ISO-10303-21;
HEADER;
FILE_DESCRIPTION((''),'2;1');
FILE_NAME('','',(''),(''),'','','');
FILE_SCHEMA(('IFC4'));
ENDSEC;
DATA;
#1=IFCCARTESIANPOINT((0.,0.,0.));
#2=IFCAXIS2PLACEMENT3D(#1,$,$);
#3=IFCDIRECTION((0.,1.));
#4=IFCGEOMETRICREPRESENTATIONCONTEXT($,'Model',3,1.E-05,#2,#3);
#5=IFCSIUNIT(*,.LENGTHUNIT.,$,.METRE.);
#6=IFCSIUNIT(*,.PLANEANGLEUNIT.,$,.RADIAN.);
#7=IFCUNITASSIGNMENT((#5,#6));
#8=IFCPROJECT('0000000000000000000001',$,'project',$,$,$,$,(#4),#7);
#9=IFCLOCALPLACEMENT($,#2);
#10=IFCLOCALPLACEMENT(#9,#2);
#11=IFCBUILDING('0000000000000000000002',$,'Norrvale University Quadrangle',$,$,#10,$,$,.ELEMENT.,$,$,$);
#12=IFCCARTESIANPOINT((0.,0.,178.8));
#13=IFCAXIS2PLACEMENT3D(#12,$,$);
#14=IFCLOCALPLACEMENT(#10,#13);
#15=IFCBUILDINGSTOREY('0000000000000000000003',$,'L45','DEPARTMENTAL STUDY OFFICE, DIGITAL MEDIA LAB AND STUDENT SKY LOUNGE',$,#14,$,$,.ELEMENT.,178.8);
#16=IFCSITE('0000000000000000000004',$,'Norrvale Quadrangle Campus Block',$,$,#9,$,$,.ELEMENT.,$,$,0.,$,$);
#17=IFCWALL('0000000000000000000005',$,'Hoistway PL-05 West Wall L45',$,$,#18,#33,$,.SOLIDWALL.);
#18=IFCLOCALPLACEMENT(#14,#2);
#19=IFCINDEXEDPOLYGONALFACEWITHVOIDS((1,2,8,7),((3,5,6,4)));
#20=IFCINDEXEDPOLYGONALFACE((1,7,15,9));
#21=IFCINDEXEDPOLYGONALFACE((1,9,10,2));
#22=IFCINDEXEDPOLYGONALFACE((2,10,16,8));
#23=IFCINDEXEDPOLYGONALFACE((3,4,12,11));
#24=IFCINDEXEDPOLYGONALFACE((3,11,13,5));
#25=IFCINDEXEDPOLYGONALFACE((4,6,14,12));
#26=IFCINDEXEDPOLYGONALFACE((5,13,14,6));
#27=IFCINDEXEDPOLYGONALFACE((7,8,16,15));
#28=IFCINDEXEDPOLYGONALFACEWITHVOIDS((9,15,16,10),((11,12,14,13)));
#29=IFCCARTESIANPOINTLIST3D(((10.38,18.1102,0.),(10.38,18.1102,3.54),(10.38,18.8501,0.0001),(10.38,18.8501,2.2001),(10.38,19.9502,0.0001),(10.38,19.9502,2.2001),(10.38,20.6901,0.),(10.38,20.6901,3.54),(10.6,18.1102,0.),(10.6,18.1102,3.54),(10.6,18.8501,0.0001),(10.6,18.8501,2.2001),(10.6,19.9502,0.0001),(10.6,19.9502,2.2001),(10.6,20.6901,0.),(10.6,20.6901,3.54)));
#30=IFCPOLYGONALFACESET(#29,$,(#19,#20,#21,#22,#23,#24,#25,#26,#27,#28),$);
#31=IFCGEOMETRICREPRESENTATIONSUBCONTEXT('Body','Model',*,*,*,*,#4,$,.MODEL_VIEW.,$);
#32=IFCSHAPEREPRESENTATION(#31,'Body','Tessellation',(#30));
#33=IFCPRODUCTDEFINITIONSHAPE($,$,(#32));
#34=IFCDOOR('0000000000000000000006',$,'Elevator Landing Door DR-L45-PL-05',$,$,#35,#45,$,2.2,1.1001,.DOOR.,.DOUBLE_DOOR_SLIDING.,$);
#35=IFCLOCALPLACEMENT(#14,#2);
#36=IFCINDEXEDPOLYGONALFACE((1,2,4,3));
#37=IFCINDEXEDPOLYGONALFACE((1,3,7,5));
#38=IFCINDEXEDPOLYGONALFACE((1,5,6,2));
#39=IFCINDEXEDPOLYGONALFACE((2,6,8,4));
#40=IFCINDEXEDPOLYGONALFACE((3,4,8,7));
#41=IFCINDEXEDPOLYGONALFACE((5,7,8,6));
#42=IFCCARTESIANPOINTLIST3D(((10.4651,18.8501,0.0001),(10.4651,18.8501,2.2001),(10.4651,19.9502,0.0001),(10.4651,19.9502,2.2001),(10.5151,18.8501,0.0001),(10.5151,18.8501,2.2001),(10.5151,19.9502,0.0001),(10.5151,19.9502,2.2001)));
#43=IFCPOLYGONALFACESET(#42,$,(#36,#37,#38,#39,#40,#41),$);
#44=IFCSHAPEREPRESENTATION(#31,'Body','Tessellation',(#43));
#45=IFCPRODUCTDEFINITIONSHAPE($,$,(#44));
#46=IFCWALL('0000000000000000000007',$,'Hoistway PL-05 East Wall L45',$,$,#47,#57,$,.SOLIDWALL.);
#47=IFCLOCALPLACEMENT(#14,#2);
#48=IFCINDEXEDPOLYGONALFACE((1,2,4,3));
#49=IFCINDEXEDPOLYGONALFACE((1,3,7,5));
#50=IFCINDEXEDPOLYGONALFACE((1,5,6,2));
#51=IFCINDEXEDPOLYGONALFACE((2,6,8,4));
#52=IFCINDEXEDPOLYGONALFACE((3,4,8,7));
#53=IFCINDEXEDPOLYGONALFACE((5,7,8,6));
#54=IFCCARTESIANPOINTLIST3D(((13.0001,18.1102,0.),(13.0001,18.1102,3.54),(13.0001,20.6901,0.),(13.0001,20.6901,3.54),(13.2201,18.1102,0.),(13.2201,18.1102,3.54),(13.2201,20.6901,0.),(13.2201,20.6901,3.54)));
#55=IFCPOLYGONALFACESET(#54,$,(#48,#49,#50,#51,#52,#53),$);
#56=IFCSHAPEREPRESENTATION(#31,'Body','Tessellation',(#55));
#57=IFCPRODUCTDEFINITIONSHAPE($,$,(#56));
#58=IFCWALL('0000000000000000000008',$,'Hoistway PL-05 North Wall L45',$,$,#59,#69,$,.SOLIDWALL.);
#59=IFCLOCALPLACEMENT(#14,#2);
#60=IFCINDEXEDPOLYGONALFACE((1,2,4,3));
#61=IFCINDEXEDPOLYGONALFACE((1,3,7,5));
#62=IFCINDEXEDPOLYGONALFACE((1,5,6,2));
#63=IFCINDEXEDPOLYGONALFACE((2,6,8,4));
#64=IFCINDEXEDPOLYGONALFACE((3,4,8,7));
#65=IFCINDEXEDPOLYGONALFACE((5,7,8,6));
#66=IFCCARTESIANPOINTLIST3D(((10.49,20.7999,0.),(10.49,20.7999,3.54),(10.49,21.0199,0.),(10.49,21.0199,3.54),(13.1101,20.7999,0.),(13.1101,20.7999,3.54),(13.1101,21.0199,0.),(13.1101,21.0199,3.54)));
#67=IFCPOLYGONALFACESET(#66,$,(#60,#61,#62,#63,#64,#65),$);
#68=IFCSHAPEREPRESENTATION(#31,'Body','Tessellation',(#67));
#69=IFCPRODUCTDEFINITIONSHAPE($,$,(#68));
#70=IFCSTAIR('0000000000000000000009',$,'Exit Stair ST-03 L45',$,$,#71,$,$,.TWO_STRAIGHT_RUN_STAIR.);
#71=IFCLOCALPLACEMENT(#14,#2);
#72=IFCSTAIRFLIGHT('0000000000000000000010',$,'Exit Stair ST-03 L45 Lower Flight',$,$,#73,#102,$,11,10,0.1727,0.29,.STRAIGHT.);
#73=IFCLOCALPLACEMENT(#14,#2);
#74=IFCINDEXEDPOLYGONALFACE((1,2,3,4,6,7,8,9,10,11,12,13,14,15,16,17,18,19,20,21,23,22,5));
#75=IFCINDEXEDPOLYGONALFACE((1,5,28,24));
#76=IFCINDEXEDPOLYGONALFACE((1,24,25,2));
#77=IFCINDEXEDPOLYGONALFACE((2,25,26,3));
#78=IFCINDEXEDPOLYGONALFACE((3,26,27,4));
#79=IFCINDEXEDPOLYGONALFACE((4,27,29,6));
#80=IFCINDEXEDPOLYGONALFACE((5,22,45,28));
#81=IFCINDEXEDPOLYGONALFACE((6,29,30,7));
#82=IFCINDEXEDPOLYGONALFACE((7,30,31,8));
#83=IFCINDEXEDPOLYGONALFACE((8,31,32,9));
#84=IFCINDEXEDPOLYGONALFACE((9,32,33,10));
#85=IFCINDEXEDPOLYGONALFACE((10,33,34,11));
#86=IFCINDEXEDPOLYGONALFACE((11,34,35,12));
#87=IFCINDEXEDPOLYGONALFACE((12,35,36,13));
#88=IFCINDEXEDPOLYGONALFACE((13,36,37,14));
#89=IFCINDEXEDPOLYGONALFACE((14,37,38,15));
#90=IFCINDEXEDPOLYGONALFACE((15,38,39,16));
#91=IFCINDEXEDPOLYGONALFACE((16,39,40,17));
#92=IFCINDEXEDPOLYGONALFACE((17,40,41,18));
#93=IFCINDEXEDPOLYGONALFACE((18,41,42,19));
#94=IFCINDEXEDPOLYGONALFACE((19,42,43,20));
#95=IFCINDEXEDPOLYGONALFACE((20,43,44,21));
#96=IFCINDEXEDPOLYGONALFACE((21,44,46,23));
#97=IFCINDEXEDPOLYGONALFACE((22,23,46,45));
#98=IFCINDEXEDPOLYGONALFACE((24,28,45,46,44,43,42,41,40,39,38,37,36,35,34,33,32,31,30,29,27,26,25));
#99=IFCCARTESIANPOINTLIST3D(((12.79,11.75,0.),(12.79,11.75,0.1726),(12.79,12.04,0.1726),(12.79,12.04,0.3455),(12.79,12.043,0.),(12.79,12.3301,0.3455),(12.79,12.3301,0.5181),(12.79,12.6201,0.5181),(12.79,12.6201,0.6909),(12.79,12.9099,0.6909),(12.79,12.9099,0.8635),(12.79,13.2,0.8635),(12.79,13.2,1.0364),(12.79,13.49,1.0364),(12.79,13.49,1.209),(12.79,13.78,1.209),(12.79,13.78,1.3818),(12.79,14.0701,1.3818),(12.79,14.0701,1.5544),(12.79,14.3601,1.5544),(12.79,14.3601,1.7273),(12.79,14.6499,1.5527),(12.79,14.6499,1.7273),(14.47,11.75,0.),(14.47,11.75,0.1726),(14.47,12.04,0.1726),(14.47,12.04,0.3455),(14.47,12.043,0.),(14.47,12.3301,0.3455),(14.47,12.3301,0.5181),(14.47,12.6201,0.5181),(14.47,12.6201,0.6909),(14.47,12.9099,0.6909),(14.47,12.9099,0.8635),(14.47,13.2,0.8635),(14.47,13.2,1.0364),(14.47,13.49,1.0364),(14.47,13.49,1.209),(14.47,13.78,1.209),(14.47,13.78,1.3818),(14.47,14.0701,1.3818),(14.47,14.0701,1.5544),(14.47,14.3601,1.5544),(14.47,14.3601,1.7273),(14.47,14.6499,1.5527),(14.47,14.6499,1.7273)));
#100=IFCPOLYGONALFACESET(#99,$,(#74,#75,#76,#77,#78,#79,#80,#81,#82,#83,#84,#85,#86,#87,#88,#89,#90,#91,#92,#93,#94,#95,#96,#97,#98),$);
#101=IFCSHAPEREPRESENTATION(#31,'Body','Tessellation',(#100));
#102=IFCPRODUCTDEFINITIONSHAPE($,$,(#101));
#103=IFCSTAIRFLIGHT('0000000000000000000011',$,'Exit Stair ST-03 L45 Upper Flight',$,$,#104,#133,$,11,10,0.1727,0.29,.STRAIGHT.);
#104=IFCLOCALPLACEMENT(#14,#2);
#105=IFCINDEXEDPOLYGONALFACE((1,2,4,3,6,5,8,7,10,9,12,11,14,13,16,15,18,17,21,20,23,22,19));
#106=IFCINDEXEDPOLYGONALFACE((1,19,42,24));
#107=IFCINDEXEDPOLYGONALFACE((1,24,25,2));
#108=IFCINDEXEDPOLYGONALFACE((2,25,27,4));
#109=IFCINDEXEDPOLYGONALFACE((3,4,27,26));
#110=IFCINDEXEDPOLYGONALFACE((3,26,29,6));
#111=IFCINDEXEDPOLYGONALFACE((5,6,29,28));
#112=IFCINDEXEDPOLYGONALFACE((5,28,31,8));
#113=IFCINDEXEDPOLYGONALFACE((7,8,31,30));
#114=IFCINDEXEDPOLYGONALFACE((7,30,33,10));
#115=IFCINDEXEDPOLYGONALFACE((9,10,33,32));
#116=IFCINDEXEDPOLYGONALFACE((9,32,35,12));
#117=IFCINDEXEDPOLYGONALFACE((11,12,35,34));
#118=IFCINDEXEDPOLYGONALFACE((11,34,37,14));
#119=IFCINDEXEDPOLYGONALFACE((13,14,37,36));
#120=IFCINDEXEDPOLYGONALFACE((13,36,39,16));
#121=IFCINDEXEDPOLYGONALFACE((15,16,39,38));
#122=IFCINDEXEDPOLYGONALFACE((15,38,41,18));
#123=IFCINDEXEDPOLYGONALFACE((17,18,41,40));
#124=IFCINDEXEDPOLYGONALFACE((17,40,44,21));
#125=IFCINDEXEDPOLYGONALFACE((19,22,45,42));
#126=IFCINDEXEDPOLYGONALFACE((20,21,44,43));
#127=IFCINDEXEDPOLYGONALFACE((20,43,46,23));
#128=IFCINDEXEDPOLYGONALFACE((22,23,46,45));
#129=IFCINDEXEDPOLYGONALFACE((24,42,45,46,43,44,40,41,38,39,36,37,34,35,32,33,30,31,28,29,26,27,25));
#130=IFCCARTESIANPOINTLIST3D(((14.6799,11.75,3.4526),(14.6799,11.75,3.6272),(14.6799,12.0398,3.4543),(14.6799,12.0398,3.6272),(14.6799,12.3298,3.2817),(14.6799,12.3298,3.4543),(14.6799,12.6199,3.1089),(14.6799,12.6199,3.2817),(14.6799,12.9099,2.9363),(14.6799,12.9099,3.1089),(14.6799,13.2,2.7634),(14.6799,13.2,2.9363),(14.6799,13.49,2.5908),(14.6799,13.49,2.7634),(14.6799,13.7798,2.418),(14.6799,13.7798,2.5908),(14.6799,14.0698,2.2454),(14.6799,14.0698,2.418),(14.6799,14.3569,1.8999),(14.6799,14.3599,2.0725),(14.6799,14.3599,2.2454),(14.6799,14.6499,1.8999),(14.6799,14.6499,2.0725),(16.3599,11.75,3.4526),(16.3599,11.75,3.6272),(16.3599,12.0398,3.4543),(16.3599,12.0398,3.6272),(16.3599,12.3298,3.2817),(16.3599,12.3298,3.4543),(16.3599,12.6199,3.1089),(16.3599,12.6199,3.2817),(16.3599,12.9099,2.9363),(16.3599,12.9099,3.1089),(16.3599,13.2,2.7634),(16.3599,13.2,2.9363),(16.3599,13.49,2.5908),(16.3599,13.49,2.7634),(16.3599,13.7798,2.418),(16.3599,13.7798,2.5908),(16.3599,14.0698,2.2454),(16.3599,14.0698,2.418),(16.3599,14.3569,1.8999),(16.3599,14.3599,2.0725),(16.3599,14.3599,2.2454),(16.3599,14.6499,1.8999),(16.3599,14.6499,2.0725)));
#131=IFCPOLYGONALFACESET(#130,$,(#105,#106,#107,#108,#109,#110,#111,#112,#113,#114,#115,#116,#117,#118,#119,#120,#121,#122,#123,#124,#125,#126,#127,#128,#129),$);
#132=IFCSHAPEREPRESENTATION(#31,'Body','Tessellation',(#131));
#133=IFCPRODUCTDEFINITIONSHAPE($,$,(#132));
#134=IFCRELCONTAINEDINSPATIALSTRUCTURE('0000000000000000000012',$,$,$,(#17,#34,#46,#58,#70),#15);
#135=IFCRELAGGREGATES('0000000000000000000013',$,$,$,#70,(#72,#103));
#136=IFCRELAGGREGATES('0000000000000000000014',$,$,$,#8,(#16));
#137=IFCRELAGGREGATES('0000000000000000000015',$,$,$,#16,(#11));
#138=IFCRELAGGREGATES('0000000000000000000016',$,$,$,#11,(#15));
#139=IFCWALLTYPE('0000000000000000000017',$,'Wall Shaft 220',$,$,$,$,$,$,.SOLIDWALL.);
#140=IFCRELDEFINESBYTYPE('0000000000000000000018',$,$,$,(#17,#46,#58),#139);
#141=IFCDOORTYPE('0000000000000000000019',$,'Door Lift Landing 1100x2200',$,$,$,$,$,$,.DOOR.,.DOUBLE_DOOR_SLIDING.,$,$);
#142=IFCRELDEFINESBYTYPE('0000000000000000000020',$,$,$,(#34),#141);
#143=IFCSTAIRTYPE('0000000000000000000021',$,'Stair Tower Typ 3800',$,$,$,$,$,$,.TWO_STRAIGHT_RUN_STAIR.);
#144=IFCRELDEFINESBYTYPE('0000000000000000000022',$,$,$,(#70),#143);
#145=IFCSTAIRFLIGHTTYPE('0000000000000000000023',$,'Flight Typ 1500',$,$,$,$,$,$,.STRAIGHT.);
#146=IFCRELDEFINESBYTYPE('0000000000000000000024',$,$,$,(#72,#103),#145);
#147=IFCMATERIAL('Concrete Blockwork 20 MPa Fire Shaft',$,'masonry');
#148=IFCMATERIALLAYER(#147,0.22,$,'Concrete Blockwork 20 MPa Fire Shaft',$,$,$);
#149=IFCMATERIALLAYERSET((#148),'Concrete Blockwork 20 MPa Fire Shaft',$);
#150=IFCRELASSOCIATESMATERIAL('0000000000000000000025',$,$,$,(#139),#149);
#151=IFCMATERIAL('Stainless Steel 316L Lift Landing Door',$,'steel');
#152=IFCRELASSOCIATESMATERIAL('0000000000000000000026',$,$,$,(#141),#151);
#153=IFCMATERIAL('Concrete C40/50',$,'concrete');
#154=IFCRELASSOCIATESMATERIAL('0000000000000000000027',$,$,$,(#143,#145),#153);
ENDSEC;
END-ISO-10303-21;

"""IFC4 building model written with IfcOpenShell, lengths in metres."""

from ifc_helpers import new_model, si_unit, direction, frame, frame_2d, origin, place, context, subcontext, project, spatial, polyline, rectangle, outline, extrude, material, layer, layer_set, type_object, element, fill, aggregate, save


model = new_model("IFC4")

# Units and contexts
model_context = context("Model", 3, precision=1e-05, world=origin(), true_north=direction((0.0, 1.0)))
body_context = subcontext(model_context, "Body", "Model", "MODEL_VIEW")
ifc_project = project(units=[si_unit("LENGTHUNIT", "METRE"), si_unit("PLANEANGLEUNIT", "RADIAN")], contexts=[model_context])

# Site, building, storey
site_placement = place(None, origin())
site = spatial("IfcSite", under=ifc_project, at=site_placement, Name="Norrvale Quadrangle Campus Block", CompositionType="ELEMENT", RefElevation=0.0)
building_placement = place(site_placement, origin())
building = spatial("IfcBuilding", under=site, at=building_placement, Name="Norrvale University Quadrangle", CompositionType="ELEMENT")
storey_placement = place(building_placement, frame((0.0, 0.0, 178.8)))
storey = spatial("IfcBuildingStorey", under=building, at=storey_placement, Name="L45", Description="DEPARTMENTAL STUDY OFFICE, DIGITAL MEDIA LAB AND STUDENT SKY LOUNGE", CompositionType="ELEMENT", Elevation=178.8)

# Shared definitions
ifc_material_1 = material(Name="Concrete Blockwork 20 MPa Fire Shaft", Category="masonry")
ifc_layer_1 = layer(ifc_material_1, 0.22, Name="Concrete Blockwork 20 MPa Fire Shaft")
ifc_layer_set_1 = layer_set([ifc_layer_1], Name="Concrete Blockwork 20 MPa Fire Shaft")
wall_type_1 = type_object("IfcWallType", Name="Wall Shaft 220", PredefinedType="SOLIDWALL", material=ifc_layer_set_1)

# Wall, opening, door
wall_1_placement = place(storey_placement, frame((10.49, 18.1101, 0.0), z_axis=(0.0, 0.0, 1.0), x_axis=(0.0, 1.0, 0.0)))
wall_1 = element("IfcWall", 1, at=wall_1_placement, inside=storey, type_object=wall_type_1, Name="Hoistway PL-05 West Wall L45", PredefinedType="SOLIDWALL", context=body_context, shape_type="SweptSolid", body=[
    extrude(rectangle(XDim=2.5798, YDim=0.22, at=frame_2d((1.29, 0.0))), origin(), (0.0, 0.0, 1.0), 3.54),
])
opening_1_placement = place(wall_1_placement, frame((0.74, 0.0, 0.0)))
opening_1 = element("IfcOpeningElement", 2, at=opening_1_placement, cuts=wall_1, PredefinedType="OPENING", context=body_context, shape_type="SweptSolid", body=[
    extrude(rectangle(XDim=1.1001, YDim=2.2, at=frame_2d((0.55, 1.1001))), frame((0.0, 0.1221, 0.0), z_axis=(0.0, -1.0, 0.0), x_axis=(1.0, 0.0, 0.0)), (0.0, 0.0, 1.0), 0.2439),
])
ifc_material_2 = material(Name="Stainless Steel 316L Lift Landing Door", Category="steel")
door_type_1 = type_object("IfcDoorType", Name="Door Lift Landing 1100x2200", OperationType="DOUBLE_DOOR_SLIDING", PredefinedType="DOOR", material=ifc_material_2)
door_1_placement = place(opening_1_placement, origin())
door_1 = element("IfcDoor", 3, at=door_1_placement, inside=storey, type_object=door_type_1, Name="Elevator Landing Door DR-L45-PL-05", OperationType="DOUBLE_DOOR_SLIDING", OverallHeight=2.2, OverallWidth=1.1001, PredefinedType="DOOR", context=body_context, shape_type="SweptSolid", body=[
    extrude(rectangle(XDim=1.1001, YDim=2.2, at=frame_2d((0.55, 1.1001))), frame((0.0, 0.0249, 0.0), z_axis=(0.0, -1.0, 0.0), x_axis=(1.0, 0.0, 0.0)), (0.0, 0.0, 1.0), 0.05),
])
fill(opening_1, door_1)

# Walls
wall_2_placement = place(storey_placement, frame((13.1101, 18.1101, 0.0), z_axis=(0.0, 0.0, 1.0), x_axis=(0.0, 1.0, 0.0)))
element("IfcWall", 4, at=wall_2_placement, inside=storey, type_object=wall_type_1, Name="Hoistway PL-05 East Wall L45", PredefinedType="SOLIDWALL", context=body_context, shape_type="SweptSolid", body=[
    extrude(rectangle(XDim=2.5798, YDim=0.22, at=frame_2d((1.29, 0.0))), origin(), (0.0, 0.0, 1.0), 3.54),
])
wall_3_placement = place(storey_placement, frame((10.49, 20.9099, 0.0), z_axis=(0.0, 0.0, 1.0), x_axis=(1.0, 0.0, 0.0)))
element("IfcWall", 5, at=wall_3_placement, inside=storey, type_object=wall_type_1, Name="Hoistway PL-05 North Wall L45", PredefinedType="SOLIDWALL", context=body_context, shape_type="SweptSolid", body=[
    extrude(rectangle(XDim=2.6201, YDim=0.22, at=frame_2d((1.3101, 0.0))), origin(), (0.0, 0.0, 1.0), 3.54),
])

# Stair, stair flights
ifc_material_3 = material(Name="Concrete C40/50", Category="concrete")
stair_type = type_object("IfcStairType", Name="Stair Tower Typ 3800", PredefinedType="TWO_STRAIGHT_RUN_STAIR", material=ifc_material_3)
stair_placement = place(storey_placement, origin())
stair = element("IfcStair", 6, at=stair_placement, inside=storey, type_object=stair_type, Name="Exit Stair ST-03 L45", PredefinedType="TWO_STRAIGHT_RUN_STAIR")
stair_flight_type = type_object("IfcStairFlightType", Name="Flight Typ 1500", PredefinedType="STRAIGHT", material=ifc_material_3)
stair_flight_1_placement = place(storey_placement, frame((13.6299, 11.75, 0.0), z_axis=(0.0, 0.0, 1.0), x_axis=(0.0, 1.0, 0.0)))
stair_flight_1 = element("IfcStairFlight", 7, at=stair_flight_1_placement, type_object=stair_flight_type, Name="Exit Stair ST-03 L45 Lower Flight", NumberOfRisers=11, NumberOfTreads=10, PredefinedType="STRAIGHT", RiserHeight=0.1727, TreadLength=0.29, context=body_context, shape_type="SweptSolid", body=[
    extrude(outline(polyline([(0.0, 0.0), (0.0, 0.1726), (0.29, 0.1726), (0.29, 0.3455), (0.5801, 0.3455), (0.5801, 0.5181), (0.8701, 0.5181), (0.8701, 0.6909), (1.1599, 0.6909), (1.1599, 0.8635), (1.45, 0.8635), (1.45, 1.0364), (1.74, 1.0364), (1.74, 1.209), (2.03, 1.209), (2.03, 1.3818), (2.3201, 1.3818), (2.3201, 1.5544), (2.6101, 1.5544), (2.6101, 1.7273), (2.8999, 1.7273), (2.8999, 1.8999), (2.8999, 1.5527), (0.293, 0.0), (0.0, 0.0)])), frame((0.0, 0.8398, 0.0), z_axis=(0.0, -1.0, 0.0), x_axis=(1.0, 0.0, 0.0)), (0.0, 0.0, 1.0), 1.6799),
])
stair_flight_2_placement = place(storey_placement, frame((15.52, 14.6499, 1.8999), z_axis=(0.0, 0.0, 1.0), x_axis=(0.0, -1.0, 0.0)))
stair_flight_2 = element("IfcStairFlight", 8, at=stair_flight_2_placement, type_object=stair_flight_type, Name="Exit Stair ST-03 L45 Upper Flight", NumberOfRisers=11, NumberOfTreads=10, PredefinedType="STRAIGHT", RiserHeight=0.1727, TreadLength=0.29, context=body_context, shape_type="SweptSolid", body=[
    extrude(outline(polyline([(0.0, 0.0), (0.0, 0.1726), (0.29, 0.1726), (0.29, 0.3455), (0.5801, 0.3455), (0.5801, 0.5181), (0.8701, 0.5181), (0.8701, 0.6909), (1.1599, 0.6909), (1.1599, 0.8635), (1.45, 0.8635), (1.45, 1.0364), (1.74, 1.0364), (1.74, 1.209), (2.03, 1.209), (2.03, 1.3818), (2.3201, 1.3818), (2.3201, 1.5544), (2.6101, 1.5544), (2.6101, 1.7273), (2.8999, 1.7273), (2.8999, 1.8999), (2.8999, 1.5527), (0.293, 0.0), (0.0, 0.0)])), frame((0.0, 0.8398, 0.0), z_axis=(0.0, -1.0, 0.0), x_axis=(1.0, 0.0, 0.0)), (0.0, 0.0, 1.0), 1.6799),
])
aggregate(stair, [stair_flight_1, stair_flight_2])

save(model, "model.ifc")
